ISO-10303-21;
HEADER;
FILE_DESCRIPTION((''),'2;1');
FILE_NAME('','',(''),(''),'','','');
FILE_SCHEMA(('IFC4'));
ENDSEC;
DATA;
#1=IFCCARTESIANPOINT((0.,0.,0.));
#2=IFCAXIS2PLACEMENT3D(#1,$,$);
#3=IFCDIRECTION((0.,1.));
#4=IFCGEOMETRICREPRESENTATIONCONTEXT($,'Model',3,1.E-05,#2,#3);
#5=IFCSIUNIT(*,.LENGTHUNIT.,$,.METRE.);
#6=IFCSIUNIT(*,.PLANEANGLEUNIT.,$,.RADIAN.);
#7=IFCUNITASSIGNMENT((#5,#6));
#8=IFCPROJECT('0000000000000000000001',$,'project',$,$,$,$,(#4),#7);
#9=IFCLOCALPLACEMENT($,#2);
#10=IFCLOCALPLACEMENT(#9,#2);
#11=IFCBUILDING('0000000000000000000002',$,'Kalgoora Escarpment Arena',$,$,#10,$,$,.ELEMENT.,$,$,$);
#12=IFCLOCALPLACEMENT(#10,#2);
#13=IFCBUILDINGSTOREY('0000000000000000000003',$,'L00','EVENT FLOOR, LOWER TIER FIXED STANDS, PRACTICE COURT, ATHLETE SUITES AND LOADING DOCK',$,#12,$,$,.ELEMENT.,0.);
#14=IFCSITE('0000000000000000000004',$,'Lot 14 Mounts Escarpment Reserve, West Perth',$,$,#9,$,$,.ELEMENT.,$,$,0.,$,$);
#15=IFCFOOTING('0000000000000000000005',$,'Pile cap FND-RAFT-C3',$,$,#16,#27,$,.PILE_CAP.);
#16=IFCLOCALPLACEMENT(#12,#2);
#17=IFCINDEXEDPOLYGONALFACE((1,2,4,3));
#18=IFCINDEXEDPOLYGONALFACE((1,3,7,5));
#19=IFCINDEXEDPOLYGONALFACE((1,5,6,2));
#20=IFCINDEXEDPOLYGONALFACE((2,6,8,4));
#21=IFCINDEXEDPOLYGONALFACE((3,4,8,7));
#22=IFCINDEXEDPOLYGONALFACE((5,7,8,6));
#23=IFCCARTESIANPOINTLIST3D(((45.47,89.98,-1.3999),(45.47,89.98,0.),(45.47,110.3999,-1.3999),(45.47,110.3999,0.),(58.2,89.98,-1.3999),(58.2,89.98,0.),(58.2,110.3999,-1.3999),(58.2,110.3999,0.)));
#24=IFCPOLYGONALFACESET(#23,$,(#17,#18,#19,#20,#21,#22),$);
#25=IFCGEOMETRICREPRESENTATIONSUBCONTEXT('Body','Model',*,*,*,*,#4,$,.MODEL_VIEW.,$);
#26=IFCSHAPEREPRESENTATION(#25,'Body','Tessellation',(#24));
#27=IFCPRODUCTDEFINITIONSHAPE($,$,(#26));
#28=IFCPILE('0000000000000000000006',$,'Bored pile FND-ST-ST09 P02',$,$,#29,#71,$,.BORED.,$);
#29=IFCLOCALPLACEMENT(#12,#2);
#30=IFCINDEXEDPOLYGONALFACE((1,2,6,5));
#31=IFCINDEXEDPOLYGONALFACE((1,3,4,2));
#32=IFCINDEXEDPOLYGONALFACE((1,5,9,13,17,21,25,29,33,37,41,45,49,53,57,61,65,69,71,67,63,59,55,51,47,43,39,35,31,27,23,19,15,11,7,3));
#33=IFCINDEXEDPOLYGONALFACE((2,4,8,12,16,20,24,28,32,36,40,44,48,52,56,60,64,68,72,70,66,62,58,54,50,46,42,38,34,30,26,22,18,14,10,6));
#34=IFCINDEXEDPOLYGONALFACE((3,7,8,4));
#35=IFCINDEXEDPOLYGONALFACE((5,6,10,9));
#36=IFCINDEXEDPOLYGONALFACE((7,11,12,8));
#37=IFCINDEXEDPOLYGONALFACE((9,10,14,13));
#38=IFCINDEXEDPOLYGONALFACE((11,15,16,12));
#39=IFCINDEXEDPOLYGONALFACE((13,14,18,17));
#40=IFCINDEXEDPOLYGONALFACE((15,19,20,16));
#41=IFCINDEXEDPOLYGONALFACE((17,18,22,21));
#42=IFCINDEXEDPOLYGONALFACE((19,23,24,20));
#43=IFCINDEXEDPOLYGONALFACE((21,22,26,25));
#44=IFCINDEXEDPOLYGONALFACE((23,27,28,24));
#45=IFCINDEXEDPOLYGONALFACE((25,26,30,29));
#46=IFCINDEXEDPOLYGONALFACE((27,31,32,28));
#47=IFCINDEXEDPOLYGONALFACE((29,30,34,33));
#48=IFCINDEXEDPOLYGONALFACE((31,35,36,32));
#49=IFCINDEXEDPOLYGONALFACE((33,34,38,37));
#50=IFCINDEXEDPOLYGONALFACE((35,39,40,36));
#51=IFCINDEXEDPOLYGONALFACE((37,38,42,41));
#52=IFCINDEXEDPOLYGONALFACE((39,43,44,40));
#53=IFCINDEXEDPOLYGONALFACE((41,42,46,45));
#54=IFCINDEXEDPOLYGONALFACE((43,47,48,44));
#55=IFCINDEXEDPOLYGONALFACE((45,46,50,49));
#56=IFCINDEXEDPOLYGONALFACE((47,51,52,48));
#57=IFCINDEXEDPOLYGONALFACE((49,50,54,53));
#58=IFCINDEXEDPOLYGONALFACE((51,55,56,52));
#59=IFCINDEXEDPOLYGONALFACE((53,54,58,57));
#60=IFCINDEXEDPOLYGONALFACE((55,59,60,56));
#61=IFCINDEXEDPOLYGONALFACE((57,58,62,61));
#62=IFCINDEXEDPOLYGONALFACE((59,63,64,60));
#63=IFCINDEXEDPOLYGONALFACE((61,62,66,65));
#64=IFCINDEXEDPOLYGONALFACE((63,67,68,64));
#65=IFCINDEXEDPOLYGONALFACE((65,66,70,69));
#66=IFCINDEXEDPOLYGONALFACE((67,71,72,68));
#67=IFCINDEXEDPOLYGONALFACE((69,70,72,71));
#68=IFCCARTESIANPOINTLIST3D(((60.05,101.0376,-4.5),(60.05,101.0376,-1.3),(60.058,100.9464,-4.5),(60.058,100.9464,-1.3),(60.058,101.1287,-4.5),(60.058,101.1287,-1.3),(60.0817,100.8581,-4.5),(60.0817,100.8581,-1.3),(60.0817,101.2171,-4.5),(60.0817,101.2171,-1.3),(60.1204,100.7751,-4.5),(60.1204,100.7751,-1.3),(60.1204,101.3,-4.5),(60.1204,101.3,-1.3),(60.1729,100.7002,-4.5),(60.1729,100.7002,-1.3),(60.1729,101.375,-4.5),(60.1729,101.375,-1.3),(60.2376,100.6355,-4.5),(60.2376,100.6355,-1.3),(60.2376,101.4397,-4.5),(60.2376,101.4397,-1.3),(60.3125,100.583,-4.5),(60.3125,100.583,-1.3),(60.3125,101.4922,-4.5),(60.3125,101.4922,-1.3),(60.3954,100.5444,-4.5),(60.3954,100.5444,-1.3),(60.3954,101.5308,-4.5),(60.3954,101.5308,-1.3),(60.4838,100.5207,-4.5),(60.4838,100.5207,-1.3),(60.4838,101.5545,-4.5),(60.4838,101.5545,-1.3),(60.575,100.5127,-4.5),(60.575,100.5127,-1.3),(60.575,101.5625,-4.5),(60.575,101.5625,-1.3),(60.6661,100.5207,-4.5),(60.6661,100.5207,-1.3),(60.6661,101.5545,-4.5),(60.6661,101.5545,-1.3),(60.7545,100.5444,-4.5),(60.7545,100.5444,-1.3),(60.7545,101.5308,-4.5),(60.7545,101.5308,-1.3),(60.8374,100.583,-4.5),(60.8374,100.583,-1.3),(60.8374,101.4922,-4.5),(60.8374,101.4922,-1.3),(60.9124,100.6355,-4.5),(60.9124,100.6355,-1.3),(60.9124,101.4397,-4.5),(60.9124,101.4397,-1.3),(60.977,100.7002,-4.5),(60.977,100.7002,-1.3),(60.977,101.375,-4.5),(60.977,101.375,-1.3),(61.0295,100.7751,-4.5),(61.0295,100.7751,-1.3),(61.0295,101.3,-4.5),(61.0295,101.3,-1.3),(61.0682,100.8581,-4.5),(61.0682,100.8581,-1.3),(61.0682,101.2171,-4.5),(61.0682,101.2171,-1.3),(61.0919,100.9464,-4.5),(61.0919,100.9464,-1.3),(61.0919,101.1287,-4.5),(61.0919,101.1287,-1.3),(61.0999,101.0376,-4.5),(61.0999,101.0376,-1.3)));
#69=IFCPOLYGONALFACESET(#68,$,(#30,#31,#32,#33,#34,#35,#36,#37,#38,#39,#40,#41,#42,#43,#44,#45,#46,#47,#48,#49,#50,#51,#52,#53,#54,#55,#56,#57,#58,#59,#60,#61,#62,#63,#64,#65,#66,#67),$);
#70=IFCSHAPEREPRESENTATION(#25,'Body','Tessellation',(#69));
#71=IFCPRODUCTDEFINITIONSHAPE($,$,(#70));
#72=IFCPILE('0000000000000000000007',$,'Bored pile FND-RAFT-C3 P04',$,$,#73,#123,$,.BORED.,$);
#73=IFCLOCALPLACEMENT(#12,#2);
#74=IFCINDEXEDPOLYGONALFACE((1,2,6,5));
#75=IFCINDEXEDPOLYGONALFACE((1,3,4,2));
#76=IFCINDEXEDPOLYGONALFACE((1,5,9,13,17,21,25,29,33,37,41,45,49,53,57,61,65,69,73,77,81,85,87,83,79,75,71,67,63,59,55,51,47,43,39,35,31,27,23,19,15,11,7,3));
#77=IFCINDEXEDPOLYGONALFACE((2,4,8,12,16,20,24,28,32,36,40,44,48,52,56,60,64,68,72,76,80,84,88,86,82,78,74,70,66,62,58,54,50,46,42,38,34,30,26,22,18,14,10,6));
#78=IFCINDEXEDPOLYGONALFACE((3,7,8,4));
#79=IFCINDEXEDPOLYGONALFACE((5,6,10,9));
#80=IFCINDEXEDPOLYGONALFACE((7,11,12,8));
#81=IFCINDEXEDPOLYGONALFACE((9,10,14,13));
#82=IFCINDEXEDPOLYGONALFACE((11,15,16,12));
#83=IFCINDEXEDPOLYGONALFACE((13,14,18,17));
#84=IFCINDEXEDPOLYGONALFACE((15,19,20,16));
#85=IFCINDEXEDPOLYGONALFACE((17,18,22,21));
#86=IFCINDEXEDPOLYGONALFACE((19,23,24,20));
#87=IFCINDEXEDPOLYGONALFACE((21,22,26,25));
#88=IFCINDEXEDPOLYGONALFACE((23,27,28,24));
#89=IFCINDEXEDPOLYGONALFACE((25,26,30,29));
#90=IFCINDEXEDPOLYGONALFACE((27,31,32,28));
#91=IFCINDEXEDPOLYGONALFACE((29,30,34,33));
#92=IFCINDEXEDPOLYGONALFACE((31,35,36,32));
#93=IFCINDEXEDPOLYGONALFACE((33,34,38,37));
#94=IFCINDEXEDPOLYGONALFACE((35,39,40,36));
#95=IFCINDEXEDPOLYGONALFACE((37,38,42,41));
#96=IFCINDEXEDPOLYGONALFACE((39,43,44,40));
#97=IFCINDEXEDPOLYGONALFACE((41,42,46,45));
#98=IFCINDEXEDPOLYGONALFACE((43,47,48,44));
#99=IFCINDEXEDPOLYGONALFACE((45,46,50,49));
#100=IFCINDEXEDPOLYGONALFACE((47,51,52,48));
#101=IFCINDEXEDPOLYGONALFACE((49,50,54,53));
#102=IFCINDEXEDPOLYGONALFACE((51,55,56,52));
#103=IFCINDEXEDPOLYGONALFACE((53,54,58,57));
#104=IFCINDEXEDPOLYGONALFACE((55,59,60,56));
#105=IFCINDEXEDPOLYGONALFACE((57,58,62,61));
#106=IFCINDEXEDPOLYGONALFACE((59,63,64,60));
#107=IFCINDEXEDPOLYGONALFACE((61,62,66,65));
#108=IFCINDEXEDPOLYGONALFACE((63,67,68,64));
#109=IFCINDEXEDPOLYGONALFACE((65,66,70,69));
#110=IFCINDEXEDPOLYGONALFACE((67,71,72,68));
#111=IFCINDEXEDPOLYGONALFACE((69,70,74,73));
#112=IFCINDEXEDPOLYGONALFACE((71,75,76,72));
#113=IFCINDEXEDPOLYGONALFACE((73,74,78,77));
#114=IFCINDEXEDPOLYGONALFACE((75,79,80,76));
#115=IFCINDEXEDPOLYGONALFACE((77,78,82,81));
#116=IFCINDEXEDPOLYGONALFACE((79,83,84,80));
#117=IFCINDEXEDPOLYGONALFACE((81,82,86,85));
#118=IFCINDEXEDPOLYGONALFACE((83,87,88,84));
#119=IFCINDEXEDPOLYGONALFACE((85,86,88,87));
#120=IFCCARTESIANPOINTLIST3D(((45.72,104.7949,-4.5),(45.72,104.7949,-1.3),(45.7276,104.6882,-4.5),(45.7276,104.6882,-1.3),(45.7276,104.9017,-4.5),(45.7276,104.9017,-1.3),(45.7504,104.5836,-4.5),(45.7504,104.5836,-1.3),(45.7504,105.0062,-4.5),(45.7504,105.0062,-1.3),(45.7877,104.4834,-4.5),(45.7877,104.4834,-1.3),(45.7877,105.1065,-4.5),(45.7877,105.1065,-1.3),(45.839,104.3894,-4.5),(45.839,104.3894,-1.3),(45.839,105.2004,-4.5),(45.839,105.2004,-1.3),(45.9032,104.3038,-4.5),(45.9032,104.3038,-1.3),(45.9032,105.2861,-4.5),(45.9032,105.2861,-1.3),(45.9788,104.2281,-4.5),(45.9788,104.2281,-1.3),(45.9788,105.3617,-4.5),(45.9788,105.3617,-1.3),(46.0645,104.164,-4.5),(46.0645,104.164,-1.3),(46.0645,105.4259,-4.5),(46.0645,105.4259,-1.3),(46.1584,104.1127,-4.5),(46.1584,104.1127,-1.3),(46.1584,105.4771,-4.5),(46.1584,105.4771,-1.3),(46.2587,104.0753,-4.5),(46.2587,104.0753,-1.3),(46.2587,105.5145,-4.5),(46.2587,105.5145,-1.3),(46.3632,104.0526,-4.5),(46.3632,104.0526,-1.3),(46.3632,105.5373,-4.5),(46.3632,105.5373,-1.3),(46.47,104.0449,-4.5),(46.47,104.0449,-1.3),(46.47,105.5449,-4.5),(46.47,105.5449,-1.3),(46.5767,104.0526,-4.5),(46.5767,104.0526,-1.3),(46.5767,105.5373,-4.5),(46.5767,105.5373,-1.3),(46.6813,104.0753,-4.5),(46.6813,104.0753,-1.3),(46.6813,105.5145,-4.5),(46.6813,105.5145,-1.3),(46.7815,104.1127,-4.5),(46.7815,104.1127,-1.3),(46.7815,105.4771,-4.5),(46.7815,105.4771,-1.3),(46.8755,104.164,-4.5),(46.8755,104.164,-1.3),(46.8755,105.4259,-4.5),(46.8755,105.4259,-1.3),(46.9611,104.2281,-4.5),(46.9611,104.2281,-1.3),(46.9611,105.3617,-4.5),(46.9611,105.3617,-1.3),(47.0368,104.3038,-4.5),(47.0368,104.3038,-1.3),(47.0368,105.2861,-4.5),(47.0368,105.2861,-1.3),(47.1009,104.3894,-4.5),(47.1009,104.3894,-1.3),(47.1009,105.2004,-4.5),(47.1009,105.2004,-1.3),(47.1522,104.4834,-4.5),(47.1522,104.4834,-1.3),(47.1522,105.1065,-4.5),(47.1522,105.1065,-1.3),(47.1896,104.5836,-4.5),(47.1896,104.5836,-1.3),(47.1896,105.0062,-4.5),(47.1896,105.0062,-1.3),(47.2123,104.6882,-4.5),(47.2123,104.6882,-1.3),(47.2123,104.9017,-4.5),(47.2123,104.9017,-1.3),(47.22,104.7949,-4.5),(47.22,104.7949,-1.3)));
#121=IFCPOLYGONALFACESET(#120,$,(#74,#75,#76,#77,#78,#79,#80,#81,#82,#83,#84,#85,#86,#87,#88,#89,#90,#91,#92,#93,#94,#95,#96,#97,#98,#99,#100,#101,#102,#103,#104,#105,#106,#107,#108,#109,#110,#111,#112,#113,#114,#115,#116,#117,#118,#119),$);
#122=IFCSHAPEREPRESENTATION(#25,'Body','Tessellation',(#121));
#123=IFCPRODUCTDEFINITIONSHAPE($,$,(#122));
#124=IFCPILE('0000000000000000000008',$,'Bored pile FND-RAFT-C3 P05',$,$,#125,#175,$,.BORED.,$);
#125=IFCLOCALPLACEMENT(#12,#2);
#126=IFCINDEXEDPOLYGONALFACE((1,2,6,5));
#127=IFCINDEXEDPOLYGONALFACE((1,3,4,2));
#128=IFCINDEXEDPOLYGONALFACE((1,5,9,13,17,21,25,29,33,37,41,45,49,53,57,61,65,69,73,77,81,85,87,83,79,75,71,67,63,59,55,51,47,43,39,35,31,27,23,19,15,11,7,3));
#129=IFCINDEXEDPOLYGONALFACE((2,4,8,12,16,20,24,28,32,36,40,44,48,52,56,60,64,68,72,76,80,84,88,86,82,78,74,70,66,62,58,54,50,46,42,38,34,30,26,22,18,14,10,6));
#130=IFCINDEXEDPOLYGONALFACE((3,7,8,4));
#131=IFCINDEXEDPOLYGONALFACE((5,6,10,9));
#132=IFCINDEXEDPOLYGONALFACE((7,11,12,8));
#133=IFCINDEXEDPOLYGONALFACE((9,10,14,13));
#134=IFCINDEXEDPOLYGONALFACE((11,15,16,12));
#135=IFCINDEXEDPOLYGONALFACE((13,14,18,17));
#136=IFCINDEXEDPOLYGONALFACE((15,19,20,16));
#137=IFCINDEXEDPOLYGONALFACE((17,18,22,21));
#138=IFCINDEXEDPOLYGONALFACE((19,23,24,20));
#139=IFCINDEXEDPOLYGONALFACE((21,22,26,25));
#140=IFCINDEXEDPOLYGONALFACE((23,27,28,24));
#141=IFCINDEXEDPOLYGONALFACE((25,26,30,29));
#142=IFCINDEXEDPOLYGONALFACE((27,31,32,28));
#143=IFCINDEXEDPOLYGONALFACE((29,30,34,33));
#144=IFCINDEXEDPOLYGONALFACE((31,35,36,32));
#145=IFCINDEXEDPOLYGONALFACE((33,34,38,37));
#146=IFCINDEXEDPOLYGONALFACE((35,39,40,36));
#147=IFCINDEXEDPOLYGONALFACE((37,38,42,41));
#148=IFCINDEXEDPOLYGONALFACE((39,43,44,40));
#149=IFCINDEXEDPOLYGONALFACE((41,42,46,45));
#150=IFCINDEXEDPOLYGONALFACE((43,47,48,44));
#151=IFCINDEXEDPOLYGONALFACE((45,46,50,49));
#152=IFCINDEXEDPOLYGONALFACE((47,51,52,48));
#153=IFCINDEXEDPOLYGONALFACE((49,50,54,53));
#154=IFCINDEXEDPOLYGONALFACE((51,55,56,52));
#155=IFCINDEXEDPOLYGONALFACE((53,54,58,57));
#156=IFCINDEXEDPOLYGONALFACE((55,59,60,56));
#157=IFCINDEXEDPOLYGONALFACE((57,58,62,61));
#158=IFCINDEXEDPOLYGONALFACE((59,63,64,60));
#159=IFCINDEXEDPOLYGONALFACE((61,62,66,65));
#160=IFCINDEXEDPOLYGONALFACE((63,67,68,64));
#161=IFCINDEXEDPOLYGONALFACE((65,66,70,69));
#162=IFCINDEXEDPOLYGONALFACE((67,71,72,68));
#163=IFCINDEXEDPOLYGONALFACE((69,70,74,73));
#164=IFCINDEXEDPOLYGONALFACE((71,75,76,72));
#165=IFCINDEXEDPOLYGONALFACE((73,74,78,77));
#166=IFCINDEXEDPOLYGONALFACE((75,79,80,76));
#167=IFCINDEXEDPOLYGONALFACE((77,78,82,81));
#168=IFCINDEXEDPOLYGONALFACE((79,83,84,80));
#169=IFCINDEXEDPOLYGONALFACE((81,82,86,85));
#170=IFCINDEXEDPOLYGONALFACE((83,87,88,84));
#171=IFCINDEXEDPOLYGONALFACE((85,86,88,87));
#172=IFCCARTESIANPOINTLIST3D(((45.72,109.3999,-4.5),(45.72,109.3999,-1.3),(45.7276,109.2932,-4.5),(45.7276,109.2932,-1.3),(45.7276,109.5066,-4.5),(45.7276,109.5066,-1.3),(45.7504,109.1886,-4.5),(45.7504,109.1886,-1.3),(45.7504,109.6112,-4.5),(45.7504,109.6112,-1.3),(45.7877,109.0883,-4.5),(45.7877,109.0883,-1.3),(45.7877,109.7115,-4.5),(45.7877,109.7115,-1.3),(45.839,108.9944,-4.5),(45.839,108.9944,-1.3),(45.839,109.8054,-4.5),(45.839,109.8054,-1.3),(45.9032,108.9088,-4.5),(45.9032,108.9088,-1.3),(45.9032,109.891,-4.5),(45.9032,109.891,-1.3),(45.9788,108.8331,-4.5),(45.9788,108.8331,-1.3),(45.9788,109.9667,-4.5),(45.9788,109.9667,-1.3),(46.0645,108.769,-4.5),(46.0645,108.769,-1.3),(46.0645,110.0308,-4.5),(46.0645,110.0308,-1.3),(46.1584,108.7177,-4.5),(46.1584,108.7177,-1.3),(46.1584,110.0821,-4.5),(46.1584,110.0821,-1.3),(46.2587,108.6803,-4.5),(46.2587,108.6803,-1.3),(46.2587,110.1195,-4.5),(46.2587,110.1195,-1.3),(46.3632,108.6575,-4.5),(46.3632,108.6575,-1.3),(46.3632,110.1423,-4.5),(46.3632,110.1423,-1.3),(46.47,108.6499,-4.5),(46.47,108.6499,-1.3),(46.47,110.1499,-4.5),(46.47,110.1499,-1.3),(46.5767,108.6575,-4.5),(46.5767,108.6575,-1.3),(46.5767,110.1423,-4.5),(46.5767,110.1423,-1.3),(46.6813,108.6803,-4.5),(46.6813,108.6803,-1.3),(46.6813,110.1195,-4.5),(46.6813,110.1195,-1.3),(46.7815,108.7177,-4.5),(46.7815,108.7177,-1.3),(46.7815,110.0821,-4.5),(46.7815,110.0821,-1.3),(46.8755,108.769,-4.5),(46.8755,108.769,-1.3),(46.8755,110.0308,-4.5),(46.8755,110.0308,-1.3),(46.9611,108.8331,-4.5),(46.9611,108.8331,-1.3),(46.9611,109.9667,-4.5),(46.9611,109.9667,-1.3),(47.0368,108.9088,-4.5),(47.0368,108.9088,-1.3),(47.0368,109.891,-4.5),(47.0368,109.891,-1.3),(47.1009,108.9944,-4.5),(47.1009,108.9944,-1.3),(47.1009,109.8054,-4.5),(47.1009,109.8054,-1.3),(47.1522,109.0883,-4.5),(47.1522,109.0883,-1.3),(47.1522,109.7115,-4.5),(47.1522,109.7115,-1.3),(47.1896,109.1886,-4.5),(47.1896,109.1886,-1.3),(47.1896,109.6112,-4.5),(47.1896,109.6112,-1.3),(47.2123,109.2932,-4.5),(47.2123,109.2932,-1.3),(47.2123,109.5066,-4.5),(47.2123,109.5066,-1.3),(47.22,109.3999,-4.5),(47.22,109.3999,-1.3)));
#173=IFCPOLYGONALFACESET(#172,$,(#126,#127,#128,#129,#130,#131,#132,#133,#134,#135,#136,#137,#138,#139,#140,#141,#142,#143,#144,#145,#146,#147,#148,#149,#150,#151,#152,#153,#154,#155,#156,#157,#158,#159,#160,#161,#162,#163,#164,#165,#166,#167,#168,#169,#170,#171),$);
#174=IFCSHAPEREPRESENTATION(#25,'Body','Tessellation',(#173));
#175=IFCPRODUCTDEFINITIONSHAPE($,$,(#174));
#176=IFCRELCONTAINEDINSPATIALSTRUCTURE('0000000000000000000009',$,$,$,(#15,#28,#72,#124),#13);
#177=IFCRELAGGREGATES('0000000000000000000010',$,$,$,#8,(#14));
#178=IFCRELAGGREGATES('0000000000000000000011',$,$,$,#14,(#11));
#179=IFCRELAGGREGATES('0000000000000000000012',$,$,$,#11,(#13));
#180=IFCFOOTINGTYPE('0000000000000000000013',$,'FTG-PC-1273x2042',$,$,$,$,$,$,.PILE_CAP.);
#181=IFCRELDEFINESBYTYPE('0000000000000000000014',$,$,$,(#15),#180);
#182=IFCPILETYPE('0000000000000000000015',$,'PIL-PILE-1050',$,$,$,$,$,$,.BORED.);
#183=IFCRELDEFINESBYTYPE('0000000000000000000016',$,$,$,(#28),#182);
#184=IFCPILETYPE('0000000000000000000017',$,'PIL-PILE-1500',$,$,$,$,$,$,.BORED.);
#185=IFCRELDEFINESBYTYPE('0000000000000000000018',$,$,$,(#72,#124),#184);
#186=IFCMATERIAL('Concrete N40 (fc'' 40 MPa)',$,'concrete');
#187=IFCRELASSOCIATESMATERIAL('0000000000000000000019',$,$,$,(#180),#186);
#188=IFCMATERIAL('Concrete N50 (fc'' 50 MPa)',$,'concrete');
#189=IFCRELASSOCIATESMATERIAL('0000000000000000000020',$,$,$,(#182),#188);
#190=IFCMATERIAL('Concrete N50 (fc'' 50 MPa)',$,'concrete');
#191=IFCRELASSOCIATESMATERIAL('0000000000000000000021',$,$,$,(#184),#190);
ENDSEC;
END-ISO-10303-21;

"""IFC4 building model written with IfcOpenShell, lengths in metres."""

from ifc_helpers import new_model, si_unit, direction, frame, origin, origin_2d, place, context, subcontext, project, spatial, rectangle, circle, extrude, material, material_profile, profile_set, type_object, element, save


model = new_model("IFC4")

# Units and contexts
model_context = context("Model", 3, precision=1e-05, world=origin(), true_north=direction((0.0, 1.0)))
body_context = subcontext(model_context, "Body", "Model", "MODEL_VIEW")
ifc_project = project(units=[si_unit("LENGTHUNIT", "METRE"), si_unit("PLANEANGLEUNIT", "RADIAN")], contexts=[model_context])

# Site, building, storey
site_placement = place(None, origin())
site = spatial("IfcSite", under=ifc_project, at=site_placement, Name="Lot 14 Mounts Escarpment Reserve, West Perth", CompositionType="ELEMENT", RefElevation=0.0)
building_placement = place(site_placement, origin())
building = spatial("IfcBuilding", under=site, at=building_placement, Name="Kalgoora Escarpment Arena", CompositionType="ELEMENT")
storey_placement = place(building_placement, origin())
storey = spatial("IfcBuildingStorey", under=building, at=storey_placement, Name="L00", Description="EVENT FLOOR, LOWER TIER FIXED STANDS, PRACTICE COURT, ATHLETE SUITES AND LOADING DOCK", CompositionType="ELEMENT", Elevation=0.0)

# Footing
ifc_material_1 = material(Name="Concrete N40 (fc' 40 MPa)", Category="concrete")
footing_type = type_object("IfcFootingType", Name="FTG-PC-1273x2042", PredefinedType="PILE_CAP", material=ifc_material_1)
footing_placement = place(storey_placement, frame((51.835, 100.1899, -1.3999), z_axis=(0.0, 0.0, 1.0), x_axis=(1.0, 0.0, 0.0)))
element("IfcFooting", 1, at=footing_placement, inside=storey, type_object=footing_type, Name="Pile cap FND-RAFT-C3", PredefinedType="PILE_CAP", context=body_context, shape_type="SweptSolid", body=[
    extrude(rectangle(XDim=12.73, YDim=20.4199, at=origin_2d()), origin(), (0.0, 0.0, 1.0), 1.3999),
])

# Piles
ifc_material_2 = material(Name="Concrete N50 (fc' 50 MPa)", Category="concrete")
ifc_material_profile_1 = material_profile(ifc_material_2, circle(Radius=0.5249, at=origin_2d()))
ifc_profile_set_1 = profile_set([ifc_material_profile_1], Name="Concrete N50 (fc' 50 MPa)")
pile_type_1 = type_object("IfcPileType", Name="PIL-PILE-1050", PredefinedType="BORED", material=ifc_profile_set_1)
pile_placement = place(storey_placement, frame((60.575, 101.0376, -1.3), z_axis=(0.0, 0.0, -1.0), x_axis=(1.0, 0.0, 0.0)))
element("IfcPile", 2, at=pile_placement, inside=storey, type_object=pile_type_1, Name="Bored pile FND-ST-ST09 P02", PredefinedType="BORED", context=body_context, shape_type="SweptSolid", body=[
    extrude(circle(Radius=0.5249, at=origin_2d()), origin(), (0.0, 0.0, 1.0), 3.2),
])
ifc_material_3 = material(Name="Concrete N50 (fc' 50 MPa)", Category="concrete")
ifc_material_profile_2 = material_profile(ifc_material_3, circle(Radius=0.75, at=origin_2d()))
ifc_profile_set_2 = profile_set([ifc_material_profile_2], Name="Concrete N50 (fc' 50 MPa)")
pile_type_2 = type_object("IfcPileType", Name="PIL-PILE-1500", PredefinedType="BORED", material=ifc_profile_set_2)
for number, where, z_axis, x_axis, name in (
    (3, (46.47, 104.7949, -1.3), (0.0, 0.0, -1.0), (1.0, 0.0, 0.0), "Bored pile FND-RAFT-C3 P04"),
    (4, (46.47, 109.3999, -1.3), (0.0, 0.0, -1.0), (1.0, 0.0, 0.0), "Bored pile FND-RAFT-C3 P05"),
):
    element("IfcPile", number, at=place(storey_placement, frame(where, z_axis=z_axis, x_axis=x_axis)), inside=storey, type_object=pile_type_2, Name=name, PredefinedType="BORED", context=body_context, shape_type="SweptSolid", body=[
        extrude(circle(Radius=0.75, at=origin_2d()), origin(), (0.0, 0.0, 1.0), 3.2),
    ])

save(model, "model.ifc")
